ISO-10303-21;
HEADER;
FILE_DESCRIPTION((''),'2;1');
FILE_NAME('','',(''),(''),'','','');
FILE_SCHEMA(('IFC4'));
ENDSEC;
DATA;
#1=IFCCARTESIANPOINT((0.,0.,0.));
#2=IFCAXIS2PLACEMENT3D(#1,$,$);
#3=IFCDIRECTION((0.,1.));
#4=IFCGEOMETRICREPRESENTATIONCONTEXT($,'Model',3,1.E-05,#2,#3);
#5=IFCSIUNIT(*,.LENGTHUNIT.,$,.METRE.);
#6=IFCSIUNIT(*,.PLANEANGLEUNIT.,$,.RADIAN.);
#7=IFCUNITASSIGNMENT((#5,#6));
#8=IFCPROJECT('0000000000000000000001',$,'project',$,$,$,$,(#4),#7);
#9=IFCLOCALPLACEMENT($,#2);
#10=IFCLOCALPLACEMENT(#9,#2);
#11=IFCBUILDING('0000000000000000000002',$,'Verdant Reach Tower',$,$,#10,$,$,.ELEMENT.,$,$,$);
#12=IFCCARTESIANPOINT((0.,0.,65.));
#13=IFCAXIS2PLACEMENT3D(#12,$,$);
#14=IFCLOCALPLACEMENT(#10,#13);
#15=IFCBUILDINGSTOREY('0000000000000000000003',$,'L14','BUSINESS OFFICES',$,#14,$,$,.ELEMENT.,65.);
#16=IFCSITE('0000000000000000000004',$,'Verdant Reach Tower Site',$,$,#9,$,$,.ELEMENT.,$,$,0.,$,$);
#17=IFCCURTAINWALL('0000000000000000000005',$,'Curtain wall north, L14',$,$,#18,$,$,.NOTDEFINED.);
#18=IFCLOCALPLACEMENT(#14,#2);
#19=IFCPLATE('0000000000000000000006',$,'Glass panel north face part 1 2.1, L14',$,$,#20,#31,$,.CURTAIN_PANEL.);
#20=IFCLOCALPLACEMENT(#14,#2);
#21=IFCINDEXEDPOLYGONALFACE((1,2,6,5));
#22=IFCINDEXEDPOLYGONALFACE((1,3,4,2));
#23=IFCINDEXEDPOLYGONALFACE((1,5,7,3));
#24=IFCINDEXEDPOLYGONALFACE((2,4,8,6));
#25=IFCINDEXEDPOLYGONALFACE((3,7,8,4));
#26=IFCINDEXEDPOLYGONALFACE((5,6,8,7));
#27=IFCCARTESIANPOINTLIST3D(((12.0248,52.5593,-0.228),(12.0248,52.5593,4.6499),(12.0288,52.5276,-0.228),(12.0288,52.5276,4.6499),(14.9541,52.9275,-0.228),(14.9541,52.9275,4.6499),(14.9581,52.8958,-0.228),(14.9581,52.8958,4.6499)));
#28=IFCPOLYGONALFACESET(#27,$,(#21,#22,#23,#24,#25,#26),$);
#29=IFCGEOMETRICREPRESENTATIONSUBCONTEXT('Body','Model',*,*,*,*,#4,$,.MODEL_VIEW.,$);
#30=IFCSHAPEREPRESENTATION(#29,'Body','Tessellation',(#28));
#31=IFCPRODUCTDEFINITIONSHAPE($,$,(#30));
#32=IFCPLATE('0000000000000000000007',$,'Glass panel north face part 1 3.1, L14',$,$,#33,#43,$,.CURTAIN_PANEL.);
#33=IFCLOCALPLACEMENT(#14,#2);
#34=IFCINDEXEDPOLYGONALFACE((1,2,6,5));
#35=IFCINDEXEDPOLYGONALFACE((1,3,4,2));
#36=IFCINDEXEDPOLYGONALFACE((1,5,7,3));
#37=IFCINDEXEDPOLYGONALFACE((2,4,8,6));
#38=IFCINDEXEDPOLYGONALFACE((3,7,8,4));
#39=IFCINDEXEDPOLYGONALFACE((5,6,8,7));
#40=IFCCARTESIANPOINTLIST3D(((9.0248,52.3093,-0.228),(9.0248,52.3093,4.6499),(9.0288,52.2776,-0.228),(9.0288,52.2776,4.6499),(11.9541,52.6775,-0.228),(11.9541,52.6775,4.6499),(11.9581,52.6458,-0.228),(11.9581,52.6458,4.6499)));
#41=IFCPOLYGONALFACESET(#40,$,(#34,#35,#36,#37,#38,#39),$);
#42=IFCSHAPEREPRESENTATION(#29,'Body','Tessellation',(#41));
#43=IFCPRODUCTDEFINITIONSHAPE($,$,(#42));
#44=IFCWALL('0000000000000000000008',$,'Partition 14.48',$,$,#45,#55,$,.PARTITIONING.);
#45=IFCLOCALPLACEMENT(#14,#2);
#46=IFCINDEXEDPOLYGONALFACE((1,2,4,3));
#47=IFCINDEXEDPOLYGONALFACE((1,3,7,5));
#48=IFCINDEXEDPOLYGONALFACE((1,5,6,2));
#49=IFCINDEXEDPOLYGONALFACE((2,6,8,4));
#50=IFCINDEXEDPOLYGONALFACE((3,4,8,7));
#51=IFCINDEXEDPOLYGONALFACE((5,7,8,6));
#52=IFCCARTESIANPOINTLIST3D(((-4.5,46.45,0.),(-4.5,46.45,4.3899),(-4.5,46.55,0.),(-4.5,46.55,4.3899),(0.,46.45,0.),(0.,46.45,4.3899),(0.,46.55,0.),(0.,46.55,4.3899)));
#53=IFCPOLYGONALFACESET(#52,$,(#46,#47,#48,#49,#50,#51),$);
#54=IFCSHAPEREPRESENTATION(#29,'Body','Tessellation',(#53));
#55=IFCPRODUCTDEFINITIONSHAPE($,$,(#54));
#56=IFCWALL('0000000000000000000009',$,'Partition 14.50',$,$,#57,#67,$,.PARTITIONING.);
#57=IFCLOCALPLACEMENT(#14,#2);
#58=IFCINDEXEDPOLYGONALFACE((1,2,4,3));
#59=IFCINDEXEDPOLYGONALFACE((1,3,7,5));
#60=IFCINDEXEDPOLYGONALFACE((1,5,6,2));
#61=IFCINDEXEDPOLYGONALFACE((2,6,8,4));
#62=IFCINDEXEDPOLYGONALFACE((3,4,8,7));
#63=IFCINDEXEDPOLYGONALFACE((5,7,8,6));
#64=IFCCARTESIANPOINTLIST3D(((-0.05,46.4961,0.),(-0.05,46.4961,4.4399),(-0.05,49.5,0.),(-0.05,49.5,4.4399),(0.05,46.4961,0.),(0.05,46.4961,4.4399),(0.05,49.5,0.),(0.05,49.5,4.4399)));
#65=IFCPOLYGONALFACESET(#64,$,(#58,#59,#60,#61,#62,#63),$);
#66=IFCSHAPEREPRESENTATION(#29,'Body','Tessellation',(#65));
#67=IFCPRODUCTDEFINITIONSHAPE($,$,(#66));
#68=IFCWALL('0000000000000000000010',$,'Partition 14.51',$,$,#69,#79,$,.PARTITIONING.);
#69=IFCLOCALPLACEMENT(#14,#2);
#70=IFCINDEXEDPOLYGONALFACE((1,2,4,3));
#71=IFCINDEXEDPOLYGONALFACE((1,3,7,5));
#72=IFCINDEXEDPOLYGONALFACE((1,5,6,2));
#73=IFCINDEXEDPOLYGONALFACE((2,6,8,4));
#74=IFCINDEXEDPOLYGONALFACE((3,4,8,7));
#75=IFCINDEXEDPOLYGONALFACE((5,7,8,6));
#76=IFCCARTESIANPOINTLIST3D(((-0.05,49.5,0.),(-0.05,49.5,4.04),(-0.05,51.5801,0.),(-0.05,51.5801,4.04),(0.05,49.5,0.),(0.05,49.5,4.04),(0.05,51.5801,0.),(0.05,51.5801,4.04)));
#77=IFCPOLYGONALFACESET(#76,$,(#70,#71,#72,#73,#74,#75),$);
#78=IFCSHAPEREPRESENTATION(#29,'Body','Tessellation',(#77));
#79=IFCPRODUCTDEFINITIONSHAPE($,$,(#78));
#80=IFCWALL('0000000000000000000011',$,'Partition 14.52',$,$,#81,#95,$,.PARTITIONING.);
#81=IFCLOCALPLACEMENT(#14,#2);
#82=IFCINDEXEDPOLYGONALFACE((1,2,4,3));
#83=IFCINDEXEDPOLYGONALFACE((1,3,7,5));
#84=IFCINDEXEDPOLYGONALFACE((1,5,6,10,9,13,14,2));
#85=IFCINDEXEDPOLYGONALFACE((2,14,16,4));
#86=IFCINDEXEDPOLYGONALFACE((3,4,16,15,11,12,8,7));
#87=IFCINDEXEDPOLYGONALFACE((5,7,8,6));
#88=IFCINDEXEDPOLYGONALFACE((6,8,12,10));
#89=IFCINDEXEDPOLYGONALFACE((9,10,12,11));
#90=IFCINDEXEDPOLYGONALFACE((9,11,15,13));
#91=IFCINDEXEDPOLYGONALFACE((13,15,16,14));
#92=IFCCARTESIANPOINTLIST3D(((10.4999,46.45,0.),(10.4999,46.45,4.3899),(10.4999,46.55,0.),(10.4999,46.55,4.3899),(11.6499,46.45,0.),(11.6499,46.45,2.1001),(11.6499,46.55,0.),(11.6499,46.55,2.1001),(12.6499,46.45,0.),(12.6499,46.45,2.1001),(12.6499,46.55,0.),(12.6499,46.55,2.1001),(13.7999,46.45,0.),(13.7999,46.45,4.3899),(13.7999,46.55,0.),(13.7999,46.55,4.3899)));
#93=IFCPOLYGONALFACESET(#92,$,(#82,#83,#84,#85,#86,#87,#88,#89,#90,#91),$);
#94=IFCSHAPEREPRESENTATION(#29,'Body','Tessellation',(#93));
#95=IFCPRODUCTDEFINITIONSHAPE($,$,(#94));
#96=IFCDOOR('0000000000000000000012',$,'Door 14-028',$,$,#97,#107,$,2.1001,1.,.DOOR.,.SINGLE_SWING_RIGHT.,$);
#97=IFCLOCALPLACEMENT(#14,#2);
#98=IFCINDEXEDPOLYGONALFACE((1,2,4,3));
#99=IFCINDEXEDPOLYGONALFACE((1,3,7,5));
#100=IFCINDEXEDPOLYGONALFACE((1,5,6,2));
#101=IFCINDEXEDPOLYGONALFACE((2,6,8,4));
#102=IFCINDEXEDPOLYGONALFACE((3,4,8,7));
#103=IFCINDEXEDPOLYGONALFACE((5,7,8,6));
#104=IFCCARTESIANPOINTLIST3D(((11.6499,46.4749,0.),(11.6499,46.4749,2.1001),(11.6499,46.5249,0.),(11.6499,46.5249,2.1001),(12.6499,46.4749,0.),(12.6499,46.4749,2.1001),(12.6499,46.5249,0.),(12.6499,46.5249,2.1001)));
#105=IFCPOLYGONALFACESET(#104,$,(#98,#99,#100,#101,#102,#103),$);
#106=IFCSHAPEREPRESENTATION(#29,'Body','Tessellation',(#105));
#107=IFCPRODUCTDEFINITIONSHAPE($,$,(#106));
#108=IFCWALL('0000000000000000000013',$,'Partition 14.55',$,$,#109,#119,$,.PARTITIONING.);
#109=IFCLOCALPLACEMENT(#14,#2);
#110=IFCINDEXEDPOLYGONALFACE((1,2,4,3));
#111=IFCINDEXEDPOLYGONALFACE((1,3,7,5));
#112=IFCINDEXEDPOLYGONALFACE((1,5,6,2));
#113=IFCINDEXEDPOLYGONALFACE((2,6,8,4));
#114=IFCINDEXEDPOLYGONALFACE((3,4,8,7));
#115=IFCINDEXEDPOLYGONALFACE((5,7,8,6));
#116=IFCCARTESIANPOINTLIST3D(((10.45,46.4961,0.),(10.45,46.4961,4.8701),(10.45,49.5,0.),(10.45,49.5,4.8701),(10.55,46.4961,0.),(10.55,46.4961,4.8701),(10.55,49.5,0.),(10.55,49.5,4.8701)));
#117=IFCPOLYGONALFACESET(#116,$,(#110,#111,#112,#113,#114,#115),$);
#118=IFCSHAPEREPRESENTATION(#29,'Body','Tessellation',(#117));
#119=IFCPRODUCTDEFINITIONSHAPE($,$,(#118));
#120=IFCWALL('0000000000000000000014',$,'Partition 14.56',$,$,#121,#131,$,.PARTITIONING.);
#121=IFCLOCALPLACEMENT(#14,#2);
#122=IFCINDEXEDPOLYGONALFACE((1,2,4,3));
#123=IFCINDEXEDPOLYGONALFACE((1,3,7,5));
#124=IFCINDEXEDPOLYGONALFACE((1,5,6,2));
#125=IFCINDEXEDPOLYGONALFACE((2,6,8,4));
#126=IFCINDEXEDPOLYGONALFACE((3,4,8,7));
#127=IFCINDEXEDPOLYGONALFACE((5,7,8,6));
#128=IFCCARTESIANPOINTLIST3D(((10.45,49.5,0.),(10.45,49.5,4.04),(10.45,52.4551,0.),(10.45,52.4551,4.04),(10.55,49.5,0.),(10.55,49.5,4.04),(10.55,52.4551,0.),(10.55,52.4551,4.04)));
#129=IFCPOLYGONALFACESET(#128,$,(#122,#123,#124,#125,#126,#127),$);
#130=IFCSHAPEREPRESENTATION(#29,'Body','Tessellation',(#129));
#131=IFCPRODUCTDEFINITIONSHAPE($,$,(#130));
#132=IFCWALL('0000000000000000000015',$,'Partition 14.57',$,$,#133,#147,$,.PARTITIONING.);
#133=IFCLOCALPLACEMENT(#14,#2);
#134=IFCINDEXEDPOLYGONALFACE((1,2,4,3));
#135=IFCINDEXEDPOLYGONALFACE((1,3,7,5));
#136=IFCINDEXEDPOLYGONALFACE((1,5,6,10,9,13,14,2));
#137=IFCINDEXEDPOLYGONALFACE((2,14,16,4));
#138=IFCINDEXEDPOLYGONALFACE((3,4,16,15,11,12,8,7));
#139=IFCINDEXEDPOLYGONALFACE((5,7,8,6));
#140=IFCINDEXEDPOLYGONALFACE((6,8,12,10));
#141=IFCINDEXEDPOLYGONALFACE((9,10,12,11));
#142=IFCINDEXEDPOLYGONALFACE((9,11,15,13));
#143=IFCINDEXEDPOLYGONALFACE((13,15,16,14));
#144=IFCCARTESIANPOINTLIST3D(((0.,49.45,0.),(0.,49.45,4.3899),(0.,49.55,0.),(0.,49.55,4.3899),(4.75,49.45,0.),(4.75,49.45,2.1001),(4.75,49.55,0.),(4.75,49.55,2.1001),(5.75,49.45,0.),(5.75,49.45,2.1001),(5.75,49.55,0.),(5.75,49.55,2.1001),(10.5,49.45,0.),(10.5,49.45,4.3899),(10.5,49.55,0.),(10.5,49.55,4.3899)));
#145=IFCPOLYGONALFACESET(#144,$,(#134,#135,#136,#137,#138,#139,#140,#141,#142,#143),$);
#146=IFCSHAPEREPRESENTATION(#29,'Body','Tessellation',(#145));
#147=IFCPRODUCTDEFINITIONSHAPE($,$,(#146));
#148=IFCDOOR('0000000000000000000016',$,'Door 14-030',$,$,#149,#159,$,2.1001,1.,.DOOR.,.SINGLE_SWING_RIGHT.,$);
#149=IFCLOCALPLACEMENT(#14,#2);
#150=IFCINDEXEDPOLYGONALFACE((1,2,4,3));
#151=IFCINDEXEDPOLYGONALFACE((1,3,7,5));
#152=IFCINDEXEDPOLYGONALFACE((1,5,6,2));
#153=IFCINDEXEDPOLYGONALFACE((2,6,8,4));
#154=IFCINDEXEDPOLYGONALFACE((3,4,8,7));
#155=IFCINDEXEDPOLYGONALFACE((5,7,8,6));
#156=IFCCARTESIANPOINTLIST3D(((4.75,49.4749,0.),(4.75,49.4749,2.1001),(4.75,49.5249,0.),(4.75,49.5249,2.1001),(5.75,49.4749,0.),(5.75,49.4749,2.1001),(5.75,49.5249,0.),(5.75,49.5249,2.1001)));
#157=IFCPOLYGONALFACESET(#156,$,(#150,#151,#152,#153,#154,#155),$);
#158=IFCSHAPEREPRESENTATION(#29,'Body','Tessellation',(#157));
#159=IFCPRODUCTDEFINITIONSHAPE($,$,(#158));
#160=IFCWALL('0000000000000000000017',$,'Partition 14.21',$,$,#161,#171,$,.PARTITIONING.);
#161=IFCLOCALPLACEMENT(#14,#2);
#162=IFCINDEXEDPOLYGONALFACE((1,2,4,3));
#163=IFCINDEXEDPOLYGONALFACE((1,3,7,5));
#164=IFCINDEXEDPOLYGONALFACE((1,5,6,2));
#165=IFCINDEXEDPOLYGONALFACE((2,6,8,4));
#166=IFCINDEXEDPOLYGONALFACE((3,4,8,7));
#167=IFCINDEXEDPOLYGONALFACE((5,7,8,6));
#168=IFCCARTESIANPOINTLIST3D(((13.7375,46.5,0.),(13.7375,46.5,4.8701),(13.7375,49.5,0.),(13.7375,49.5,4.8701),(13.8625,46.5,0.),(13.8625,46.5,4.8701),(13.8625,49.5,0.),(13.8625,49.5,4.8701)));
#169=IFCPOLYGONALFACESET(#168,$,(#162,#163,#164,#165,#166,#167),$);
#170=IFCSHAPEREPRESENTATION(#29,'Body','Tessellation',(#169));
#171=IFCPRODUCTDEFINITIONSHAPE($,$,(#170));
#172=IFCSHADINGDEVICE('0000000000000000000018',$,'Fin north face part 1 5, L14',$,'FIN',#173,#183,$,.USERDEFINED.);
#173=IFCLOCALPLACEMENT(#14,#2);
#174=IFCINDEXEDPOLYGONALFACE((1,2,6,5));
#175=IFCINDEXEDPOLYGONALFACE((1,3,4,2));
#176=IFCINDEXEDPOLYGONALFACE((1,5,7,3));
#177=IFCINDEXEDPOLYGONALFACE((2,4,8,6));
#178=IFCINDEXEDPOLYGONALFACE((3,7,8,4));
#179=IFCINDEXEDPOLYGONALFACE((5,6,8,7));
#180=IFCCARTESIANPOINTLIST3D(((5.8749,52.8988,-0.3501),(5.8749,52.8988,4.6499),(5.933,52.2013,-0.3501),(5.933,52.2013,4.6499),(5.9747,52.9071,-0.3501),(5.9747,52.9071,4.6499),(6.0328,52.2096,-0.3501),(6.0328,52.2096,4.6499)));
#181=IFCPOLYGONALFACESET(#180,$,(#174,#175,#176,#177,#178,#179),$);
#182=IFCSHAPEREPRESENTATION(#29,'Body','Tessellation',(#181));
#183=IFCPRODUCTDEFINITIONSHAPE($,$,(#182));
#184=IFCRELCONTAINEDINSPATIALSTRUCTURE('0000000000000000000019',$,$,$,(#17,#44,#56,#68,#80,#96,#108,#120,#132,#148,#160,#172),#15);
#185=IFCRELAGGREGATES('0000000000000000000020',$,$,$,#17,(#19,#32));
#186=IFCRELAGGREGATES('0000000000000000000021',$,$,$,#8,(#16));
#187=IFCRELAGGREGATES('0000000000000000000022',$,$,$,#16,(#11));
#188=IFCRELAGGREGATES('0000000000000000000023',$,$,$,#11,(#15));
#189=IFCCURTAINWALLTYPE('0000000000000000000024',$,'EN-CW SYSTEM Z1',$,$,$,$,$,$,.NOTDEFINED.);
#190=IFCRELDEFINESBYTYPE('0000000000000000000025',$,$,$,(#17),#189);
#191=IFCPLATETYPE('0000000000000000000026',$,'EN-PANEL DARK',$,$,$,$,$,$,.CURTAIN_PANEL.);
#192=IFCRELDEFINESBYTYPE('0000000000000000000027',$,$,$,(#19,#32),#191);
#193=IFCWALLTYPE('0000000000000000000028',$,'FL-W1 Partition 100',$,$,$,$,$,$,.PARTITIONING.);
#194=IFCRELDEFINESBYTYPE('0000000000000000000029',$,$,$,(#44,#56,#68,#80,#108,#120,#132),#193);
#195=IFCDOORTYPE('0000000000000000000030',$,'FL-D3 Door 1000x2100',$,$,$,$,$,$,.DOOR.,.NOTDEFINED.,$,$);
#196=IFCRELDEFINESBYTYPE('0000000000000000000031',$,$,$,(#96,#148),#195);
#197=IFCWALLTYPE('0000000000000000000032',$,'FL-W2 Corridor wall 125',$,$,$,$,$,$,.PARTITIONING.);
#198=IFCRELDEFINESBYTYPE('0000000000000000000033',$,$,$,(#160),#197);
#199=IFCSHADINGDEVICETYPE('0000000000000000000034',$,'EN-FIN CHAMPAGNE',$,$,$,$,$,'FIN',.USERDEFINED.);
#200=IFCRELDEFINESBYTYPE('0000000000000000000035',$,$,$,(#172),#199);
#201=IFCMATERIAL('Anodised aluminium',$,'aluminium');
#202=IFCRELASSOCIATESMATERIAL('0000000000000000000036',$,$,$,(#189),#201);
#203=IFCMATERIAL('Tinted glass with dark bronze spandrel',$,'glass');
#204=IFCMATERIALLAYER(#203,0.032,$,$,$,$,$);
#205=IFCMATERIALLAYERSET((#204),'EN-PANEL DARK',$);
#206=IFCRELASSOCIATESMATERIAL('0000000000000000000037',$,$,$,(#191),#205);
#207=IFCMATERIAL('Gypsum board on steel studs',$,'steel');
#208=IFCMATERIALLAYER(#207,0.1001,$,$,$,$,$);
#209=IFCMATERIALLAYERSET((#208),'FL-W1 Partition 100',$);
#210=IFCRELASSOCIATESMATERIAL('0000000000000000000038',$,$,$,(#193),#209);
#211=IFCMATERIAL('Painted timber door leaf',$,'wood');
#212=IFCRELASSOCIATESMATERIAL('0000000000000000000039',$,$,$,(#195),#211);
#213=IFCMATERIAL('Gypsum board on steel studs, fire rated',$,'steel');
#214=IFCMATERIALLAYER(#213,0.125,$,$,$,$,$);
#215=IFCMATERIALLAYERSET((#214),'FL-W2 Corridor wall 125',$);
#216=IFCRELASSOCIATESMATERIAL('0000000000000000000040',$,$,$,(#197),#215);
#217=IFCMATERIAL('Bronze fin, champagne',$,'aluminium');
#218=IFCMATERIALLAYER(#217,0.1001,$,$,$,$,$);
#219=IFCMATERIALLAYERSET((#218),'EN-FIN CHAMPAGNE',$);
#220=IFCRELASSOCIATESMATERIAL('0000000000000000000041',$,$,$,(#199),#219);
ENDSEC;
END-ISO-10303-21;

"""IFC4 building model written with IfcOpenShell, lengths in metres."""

from ifc_helpers import new_model, si_unit, direction, frame, frame_2d, origin, origin_2d, place, context, subcontext, project, spatial, rectangle, extrude, material, layer, layer_set, type_object, element, fill, aggregate, save


model = new_model("IFC4")

# Units and contexts
model_context = context("Model", 3, precision=1e-05, world=origin(), true_north=direction((0.0, 1.0)))
body_context = subcontext(model_context, "Body", "Model", "MODEL_VIEW")
ifc_project = project(units=[si_unit("LENGTHUNIT", "METRE"), si_unit("PLANEANGLEUNIT", "RADIAN")], contexts=[model_context])

# Site, building, storey
site_placement = place(None, origin())
site = spatial("IfcSite", under=ifc_project, at=site_placement, Name="Verdant Reach Tower Site", CompositionType="ELEMENT", RefElevation=0.0)
building_placement = place(site_placement, origin())
building = spatial("IfcBuilding", under=site, at=building_placement, Name="Verdant Reach Tower", CompositionType="ELEMENT")
storey_placement = place(building_placement, frame((0.0, 0.0, 65.0)))
storey = spatial("IfcBuildingStorey", under=building, at=storey_placement, Name="L14", Description="BUSINESS OFFICES", CompositionType="ELEMENT", Elevation=65.0)

# Curtain wall
ifc_material_1 = material(Name="Anodised aluminium", Category="aluminium")
curtain_wall_type = type_object("IfcCurtainWallType", Name="EN-CW SYSTEM Z1", PredefinedType="NOTDEFINED", material=ifc_material_1)
curtain_wall_placement = place(storey_placement, origin())
curtain_wall = element("IfcCurtainWall", 1, at=curtain_wall_placement, inside=storey, type_object=curtain_wall_type, Name="Curtain wall north, L14", PredefinedType="NOTDEFINED")

# Plates
ifc_material_2 = material(Name="Tinted glass with dark bronze spandrel", Category="glass")
ifc_layer_1 = layer(ifc_material_2, 0.032)
ifc_layer_set_1 = layer_set([ifc_layer_1], Name="EN-PANEL DARK")
plate_type_1 = type_object("IfcPlateType", Name="EN-PANEL DARK", PredefinedType="CURTAIN_PANEL", material=ifc_layer_set_1)
plate_1_placement = place(storey_placement, frame((13.4915, 52.7275, -0.228), z_axis=(0.0, 0.0, 1.0), x_axis=(-0.992194, -0.124704, 0.0)))
plate_1 = element("IfcPlate", 2, at=plate_1_placement, type_object=plate_type_1, Name="Glass panel north face part 1 2.1, L14", PredefinedType="CURTAIN_PANEL", context=body_context, shape_type="SweptSolid", body=[
    extrude(rectangle(XDim=2.9524, YDim=0.032, at=origin_2d()), origin(), (0.0, 0.0, 1.0), 4.8779),
])
plate_2_placement = place(storey_placement, frame((10.4915, 52.4775, -0.228), z_axis=(0.0, 0.0, 1.0), x_axis=(-0.992194, -0.124704, 0.0)))
plate_2 = element("IfcPlate", 3, at=plate_2_placement, type_object=plate_type_1, Name="Glass panel north face part 1 3.1, L14", PredefinedType="CURTAIN_PANEL", context=body_context, shape_type="SweptSolid", body=[
    extrude(rectangle(XDim=2.9524, YDim=0.032, at=origin_2d()), origin(), (0.0, 0.0, 1.0), 4.8779),
])
aggregate(curtain_wall, [plate_1, plate_2])

# Walls
ifc_material_3 = material(Name="Gypsum board on steel studs", Category="steel")
ifc_layer_2 = layer(ifc_material_3, 0.1001)
ifc_layer_set_2 = layer_set([ifc_layer_2], Name="FL-W1 Partition 100")
wall_type_1 = type_object("IfcWallType", Name="FL-W1 Partition 100", PredefinedType="PARTITIONING", material=ifc_layer_set_2)
wall_1_placement = place(storey_placement, frame((0.0, 46.5, 0.0), z_axis=(0.0, 0.0, 1.0), x_axis=(-1.0, 0.0, 0.0)))
element("IfcWall", 4, at=wall_1_placement, inside=storey, type_object=wall_type_1, Name="Partition 14.48", PredefinedType="PARTITIONING", context=body_context, shape_type="SweptSolid", body=[
    extrude(rectangle(XDim=4.5, YDim=0.1001, at=frame_2d((2.25, 0.0))), origin(), (0.0, 0.0, 1.0), 4.3899),
])
wall_2_placement = place(storey_placement, frame((0.0, 46.4961, 0.0), z_axis=(0.0, 0.0, 1.0), x_axis=(0.0, 1.0, 0.0)))
element("IfcWall", 5, at=wall_2_placement, inside=storey, type_object=wall_type_1, Name="Partition 14.50", PredefinedType="PARTITIONING", context=body_context, shape_type="SweptSolid", body=[
    extrude(rectangle(XDim=3.0039, YDim=0.1001, at=frame_2d((1.502, 0.0))), origin(), (0.0, 0.0, 1.0), 4.4399),
])
wall_3_placement = place(storey_placement, frame((0.0, 49.5, 0.0), z_axis=(0.0, 0.0, 1.0), x_axis=(0.0, 1.0, 0.0)))
element("IfcWall", 6, at=wall_3_placement, inside=storey, type_object=wall_type_1, Name="Partition 14.51", PredefinedType="PARTITIONING", context=body_context, shape_type="SweptSolid", body=[
    extrude(rectangle(XDim=2.0801, YDim=0.1001, at=frame_2d((1.04, 0.0))), origin(), (0.0, 0.0, 1.0), 4.04),
])

# Wall, opening, door
wall_4_placement = place(storey_placement, frame((10.5, 46.5, 0.0), z_axis=(0.0, 0.0, 1.0), x_axis=(1.0, 0.0, 0.0)))
wall_4 = element("IfcWall", 7, at=wall_4_placement, inside=storey, type_object=wall_type_1, Name="Partition 14.52", PredefinedType="PARTITIONING", context=body_context, shape_type="SweptSolid", body=[
    extrude(rectangle(XDim=3.3, YDim=0.1001, at=frame_2d((1.6499, 0.0))), origin(), (0.0, 0.0, 1.0), 4.3899),
])
opening_1_placement = place(wall_4_placement, frame((1.1499, 0.0, 0.0)))
opening_1 = element("IfcOpeningElement", 8, at=opening_1_placement, cuts=wall_4, PredefinedType="OPENING", context=body_context, shape_type="SweptSolid", body=[
    extrude(rectangle(XDim=1.0, YDim=2.1001, at=frame_2d((0.5, 1.05))), frame((0.0, 0.0601, 0.0), z_axis=(0.0, -1.0, 0.0), x_axis=(1.0, 0.0, 0.0)), (0.0, 0.0, 1.0), 0.1201),
])
ifc_material_4 = material(Name="Painted timber door leaf", Category="wood")
door_type = type_object("IfcDoorType", Name="FL-D3 Door 1000x2100", OperationType="NOTDEFINED", PredefinedType="DOOR", material=ifc_material_4)
door_1_placement = place(opening_1_placement, origin())
door_1 = element("IfcDoor", 9, at=door_1_placement, inside=storey, type_object=door_type, Name="Door 14-028", OperationType="SINGLE_SWING_RIGHT", OverallHeight=2.1001, OverallWidth=1.0, PredefinedType="DOOR", context=body_context, shape_type="SweptSolid", body=[
    extrude(rectangle(XDim=1.0, YDim=2.1001, at=frame_2d((0.5, 1.05))), frame((0.0, 0.0249, 0.0), z_axis=(0.0, -1.0, 0.0), x_axis=(1.0, 0.0, 0.0)), (0.0, 0.0, 1.0), 0.05),
])
fill(opening_1, door_1)

# Walls
wall_5_placement = place(storey_placement, frame((10.5, 49.5, 0.0), z_axis=(0.0, 0.0, 1.0), x_axis=(0.0, -1.0, 0.0)))
element("IfcWall", 10, at=wall_5_placement, inside=storey, type_object=wall_type_1, Name="Partition 14.55", PredefinedType="PARTITIONING", context=body_context, shape_type="SweptSolid", body=[
    extrude(rectangle(XDim=3.0039, YDim=0.1001, at=frame_2d((1.502, 0.0))), origin(), (0.0, 0.0, 1.0), 4.8701),
])
wall_6_placement = place(storey_placement, frame((10.5, 52.4551, 0.0), z_axis=(0.0, 0.0, 1.0), x_axis=(0.0, -1.0, 0.0)))
element("IfcWall", 11, at=wall_6_placement, inside=storey, type_object=wall_type_1, Name="Partition 14.56", PredefinedType="PARTITIONING", context=body_context, shape_type="SweptSolid", body=[
    extrude(rectangle(XDim=2.9551, YDim=0.1001, at=frame_2d((1.4775, 0.0))), origin(), (0.0, 0.0, 1.0), 4.04),
])

# Wall, opening, door
wall_7_placement = place(storey_placement, frame((0.0, 49.5, 0.0), z_axis=(0.0, 0.0, 1.0), x_axis=(1.0, 0.0, 0.0)))
wall_7 = element("IfcWall", 12, at=wall_7_placement, inside=storey, type_object=wall_type_1, Name="Partition 14.57", PredefinedType="PARTITIONING", context=body_context, shape_type="SweptSolid", body=[
    extrude(rectangle(XDim=10.5, YDim=0.1001, at=frame_2d((5.25, 0.0))), origin(), (0.0, 0.0, 1.0), 4.3899),
])
opening_2_placement = place(wall_7_placement, frame((4.75, 0.0, 0.0)))
opening_2 = element("IfcOpeningElement", 13, at=opening_2_placement, cuts=wall_7, PredefinedType="OPENING", context=body_context, shape_type="SweptSolid", body=[
    extrude(rectangle(XDim=1.0, YDim=2.1001, at=frame_2d((0.5, 1.05))), frame((0.0, 0.0601, 0.0), z_axis=(0.0, -1.0, 0.0), x_axis=(1.0, 0.0, 0.0)), (0.0, 0.0, 1.0), 0.1201),
])
door_2_placement = place(opening_2_placement, origin())
door_2 = element("IfcDoor", 14, at=door_2_placement, inside=storey, type_object=door_type, Name="Door 14-030", OperationType="SINGLE_SWING_RIGHT", OverallHeight=2.1001, OverallWidth=1.0, PredefinedType="DOOR", context=body_context, shape_type="SweptSolid", body=[
    extrude(rectangle(XDim=1.0, YDim=2.1001, at=frame_2d((0.5, 1.05))), frame((0.0, 0.0249, 0.0), z_axis=(0.0, -1.0, 0.0), x_axis=(1.0, 0.0, 0.0)), (0.0, 0.0, 1.0), 0.05),
])
fill(opening_2, door_2)

# Wall
ifc_material_5 = material(Name="Gypsum board on steel studs, fire rated", Category="steel")
ifc_layer_3 = layer(ifc_material_5, 0.125)
ifc_layer_set_3 = layer_set([ifc_layer_3], Name="FL-W2 Corridor wall 125")
wall_type_2 = type_object("IfcWallType", Name="FL-W2 Corridor wall 125", PredefinedType="PARTITIONING", material=ifc_layer_set_3)
wall_8_placement = place(storey_placement, frame((13.8, 49.5, 0.0), z_axis=(0.0, 0.0, 1.0), x_axis=(0.0, -1.0, 0.0)))
element("IfcWall", 15, at=wall_8_placement, inside=storey, type_object=wall_type_2, Name="Partition 14.21", PredefinedType="PARTITIONING", context=body_context, shape_type="SweptSolid", body=[
    extrude(rectangle(XDim=3.0, YDim=0.125, at=frame_2d((1.5, 0.0))), origin(), (0.0, 0.0, 1.0), 4.8701),
])

# Shading device
ifc_material_6 = material(Name="Bronze fin, champagne", Category="aluminium")
ifc_layer_4 = layer(ifc_material_6, 0.1001)
ifc_layer_set_4 = layer_set([ifc_layer_4], Name="EN-FIN CHAMPAGNE")
shading_device_type_1 = type_object("IfcShadingDeviceType", Name="EN-FIN CHAMPAGNE", ElementType="FIN", PredefinedType="USERDEFINED", material=ifc_layer_set_4)
shading_device_1_placement = place(storey_placement, frame((5.9539, 52.5542, -0.3501), z_axis=(0.0, 0.0, 1.0), x_axis=(-0.996546, -0.083045, 0.0)))
element("IfcShadingDevice", 16, at=shading_device_1_placement, inside=storey, type_object=shading_device_type_1, Name="Fin north face part 1 5, L14", ObjectType="FIN", PredefinedType="USERDEFINED", context=body_context, shape_type="SweptSolid", body=[
    extrude(rectangle(XDim=0.1001, YDim=0.7, at=origin_2d()), origin(), (0.0, 0.0, 1.0), 5.0),
])

save(model, "model.ifc")
